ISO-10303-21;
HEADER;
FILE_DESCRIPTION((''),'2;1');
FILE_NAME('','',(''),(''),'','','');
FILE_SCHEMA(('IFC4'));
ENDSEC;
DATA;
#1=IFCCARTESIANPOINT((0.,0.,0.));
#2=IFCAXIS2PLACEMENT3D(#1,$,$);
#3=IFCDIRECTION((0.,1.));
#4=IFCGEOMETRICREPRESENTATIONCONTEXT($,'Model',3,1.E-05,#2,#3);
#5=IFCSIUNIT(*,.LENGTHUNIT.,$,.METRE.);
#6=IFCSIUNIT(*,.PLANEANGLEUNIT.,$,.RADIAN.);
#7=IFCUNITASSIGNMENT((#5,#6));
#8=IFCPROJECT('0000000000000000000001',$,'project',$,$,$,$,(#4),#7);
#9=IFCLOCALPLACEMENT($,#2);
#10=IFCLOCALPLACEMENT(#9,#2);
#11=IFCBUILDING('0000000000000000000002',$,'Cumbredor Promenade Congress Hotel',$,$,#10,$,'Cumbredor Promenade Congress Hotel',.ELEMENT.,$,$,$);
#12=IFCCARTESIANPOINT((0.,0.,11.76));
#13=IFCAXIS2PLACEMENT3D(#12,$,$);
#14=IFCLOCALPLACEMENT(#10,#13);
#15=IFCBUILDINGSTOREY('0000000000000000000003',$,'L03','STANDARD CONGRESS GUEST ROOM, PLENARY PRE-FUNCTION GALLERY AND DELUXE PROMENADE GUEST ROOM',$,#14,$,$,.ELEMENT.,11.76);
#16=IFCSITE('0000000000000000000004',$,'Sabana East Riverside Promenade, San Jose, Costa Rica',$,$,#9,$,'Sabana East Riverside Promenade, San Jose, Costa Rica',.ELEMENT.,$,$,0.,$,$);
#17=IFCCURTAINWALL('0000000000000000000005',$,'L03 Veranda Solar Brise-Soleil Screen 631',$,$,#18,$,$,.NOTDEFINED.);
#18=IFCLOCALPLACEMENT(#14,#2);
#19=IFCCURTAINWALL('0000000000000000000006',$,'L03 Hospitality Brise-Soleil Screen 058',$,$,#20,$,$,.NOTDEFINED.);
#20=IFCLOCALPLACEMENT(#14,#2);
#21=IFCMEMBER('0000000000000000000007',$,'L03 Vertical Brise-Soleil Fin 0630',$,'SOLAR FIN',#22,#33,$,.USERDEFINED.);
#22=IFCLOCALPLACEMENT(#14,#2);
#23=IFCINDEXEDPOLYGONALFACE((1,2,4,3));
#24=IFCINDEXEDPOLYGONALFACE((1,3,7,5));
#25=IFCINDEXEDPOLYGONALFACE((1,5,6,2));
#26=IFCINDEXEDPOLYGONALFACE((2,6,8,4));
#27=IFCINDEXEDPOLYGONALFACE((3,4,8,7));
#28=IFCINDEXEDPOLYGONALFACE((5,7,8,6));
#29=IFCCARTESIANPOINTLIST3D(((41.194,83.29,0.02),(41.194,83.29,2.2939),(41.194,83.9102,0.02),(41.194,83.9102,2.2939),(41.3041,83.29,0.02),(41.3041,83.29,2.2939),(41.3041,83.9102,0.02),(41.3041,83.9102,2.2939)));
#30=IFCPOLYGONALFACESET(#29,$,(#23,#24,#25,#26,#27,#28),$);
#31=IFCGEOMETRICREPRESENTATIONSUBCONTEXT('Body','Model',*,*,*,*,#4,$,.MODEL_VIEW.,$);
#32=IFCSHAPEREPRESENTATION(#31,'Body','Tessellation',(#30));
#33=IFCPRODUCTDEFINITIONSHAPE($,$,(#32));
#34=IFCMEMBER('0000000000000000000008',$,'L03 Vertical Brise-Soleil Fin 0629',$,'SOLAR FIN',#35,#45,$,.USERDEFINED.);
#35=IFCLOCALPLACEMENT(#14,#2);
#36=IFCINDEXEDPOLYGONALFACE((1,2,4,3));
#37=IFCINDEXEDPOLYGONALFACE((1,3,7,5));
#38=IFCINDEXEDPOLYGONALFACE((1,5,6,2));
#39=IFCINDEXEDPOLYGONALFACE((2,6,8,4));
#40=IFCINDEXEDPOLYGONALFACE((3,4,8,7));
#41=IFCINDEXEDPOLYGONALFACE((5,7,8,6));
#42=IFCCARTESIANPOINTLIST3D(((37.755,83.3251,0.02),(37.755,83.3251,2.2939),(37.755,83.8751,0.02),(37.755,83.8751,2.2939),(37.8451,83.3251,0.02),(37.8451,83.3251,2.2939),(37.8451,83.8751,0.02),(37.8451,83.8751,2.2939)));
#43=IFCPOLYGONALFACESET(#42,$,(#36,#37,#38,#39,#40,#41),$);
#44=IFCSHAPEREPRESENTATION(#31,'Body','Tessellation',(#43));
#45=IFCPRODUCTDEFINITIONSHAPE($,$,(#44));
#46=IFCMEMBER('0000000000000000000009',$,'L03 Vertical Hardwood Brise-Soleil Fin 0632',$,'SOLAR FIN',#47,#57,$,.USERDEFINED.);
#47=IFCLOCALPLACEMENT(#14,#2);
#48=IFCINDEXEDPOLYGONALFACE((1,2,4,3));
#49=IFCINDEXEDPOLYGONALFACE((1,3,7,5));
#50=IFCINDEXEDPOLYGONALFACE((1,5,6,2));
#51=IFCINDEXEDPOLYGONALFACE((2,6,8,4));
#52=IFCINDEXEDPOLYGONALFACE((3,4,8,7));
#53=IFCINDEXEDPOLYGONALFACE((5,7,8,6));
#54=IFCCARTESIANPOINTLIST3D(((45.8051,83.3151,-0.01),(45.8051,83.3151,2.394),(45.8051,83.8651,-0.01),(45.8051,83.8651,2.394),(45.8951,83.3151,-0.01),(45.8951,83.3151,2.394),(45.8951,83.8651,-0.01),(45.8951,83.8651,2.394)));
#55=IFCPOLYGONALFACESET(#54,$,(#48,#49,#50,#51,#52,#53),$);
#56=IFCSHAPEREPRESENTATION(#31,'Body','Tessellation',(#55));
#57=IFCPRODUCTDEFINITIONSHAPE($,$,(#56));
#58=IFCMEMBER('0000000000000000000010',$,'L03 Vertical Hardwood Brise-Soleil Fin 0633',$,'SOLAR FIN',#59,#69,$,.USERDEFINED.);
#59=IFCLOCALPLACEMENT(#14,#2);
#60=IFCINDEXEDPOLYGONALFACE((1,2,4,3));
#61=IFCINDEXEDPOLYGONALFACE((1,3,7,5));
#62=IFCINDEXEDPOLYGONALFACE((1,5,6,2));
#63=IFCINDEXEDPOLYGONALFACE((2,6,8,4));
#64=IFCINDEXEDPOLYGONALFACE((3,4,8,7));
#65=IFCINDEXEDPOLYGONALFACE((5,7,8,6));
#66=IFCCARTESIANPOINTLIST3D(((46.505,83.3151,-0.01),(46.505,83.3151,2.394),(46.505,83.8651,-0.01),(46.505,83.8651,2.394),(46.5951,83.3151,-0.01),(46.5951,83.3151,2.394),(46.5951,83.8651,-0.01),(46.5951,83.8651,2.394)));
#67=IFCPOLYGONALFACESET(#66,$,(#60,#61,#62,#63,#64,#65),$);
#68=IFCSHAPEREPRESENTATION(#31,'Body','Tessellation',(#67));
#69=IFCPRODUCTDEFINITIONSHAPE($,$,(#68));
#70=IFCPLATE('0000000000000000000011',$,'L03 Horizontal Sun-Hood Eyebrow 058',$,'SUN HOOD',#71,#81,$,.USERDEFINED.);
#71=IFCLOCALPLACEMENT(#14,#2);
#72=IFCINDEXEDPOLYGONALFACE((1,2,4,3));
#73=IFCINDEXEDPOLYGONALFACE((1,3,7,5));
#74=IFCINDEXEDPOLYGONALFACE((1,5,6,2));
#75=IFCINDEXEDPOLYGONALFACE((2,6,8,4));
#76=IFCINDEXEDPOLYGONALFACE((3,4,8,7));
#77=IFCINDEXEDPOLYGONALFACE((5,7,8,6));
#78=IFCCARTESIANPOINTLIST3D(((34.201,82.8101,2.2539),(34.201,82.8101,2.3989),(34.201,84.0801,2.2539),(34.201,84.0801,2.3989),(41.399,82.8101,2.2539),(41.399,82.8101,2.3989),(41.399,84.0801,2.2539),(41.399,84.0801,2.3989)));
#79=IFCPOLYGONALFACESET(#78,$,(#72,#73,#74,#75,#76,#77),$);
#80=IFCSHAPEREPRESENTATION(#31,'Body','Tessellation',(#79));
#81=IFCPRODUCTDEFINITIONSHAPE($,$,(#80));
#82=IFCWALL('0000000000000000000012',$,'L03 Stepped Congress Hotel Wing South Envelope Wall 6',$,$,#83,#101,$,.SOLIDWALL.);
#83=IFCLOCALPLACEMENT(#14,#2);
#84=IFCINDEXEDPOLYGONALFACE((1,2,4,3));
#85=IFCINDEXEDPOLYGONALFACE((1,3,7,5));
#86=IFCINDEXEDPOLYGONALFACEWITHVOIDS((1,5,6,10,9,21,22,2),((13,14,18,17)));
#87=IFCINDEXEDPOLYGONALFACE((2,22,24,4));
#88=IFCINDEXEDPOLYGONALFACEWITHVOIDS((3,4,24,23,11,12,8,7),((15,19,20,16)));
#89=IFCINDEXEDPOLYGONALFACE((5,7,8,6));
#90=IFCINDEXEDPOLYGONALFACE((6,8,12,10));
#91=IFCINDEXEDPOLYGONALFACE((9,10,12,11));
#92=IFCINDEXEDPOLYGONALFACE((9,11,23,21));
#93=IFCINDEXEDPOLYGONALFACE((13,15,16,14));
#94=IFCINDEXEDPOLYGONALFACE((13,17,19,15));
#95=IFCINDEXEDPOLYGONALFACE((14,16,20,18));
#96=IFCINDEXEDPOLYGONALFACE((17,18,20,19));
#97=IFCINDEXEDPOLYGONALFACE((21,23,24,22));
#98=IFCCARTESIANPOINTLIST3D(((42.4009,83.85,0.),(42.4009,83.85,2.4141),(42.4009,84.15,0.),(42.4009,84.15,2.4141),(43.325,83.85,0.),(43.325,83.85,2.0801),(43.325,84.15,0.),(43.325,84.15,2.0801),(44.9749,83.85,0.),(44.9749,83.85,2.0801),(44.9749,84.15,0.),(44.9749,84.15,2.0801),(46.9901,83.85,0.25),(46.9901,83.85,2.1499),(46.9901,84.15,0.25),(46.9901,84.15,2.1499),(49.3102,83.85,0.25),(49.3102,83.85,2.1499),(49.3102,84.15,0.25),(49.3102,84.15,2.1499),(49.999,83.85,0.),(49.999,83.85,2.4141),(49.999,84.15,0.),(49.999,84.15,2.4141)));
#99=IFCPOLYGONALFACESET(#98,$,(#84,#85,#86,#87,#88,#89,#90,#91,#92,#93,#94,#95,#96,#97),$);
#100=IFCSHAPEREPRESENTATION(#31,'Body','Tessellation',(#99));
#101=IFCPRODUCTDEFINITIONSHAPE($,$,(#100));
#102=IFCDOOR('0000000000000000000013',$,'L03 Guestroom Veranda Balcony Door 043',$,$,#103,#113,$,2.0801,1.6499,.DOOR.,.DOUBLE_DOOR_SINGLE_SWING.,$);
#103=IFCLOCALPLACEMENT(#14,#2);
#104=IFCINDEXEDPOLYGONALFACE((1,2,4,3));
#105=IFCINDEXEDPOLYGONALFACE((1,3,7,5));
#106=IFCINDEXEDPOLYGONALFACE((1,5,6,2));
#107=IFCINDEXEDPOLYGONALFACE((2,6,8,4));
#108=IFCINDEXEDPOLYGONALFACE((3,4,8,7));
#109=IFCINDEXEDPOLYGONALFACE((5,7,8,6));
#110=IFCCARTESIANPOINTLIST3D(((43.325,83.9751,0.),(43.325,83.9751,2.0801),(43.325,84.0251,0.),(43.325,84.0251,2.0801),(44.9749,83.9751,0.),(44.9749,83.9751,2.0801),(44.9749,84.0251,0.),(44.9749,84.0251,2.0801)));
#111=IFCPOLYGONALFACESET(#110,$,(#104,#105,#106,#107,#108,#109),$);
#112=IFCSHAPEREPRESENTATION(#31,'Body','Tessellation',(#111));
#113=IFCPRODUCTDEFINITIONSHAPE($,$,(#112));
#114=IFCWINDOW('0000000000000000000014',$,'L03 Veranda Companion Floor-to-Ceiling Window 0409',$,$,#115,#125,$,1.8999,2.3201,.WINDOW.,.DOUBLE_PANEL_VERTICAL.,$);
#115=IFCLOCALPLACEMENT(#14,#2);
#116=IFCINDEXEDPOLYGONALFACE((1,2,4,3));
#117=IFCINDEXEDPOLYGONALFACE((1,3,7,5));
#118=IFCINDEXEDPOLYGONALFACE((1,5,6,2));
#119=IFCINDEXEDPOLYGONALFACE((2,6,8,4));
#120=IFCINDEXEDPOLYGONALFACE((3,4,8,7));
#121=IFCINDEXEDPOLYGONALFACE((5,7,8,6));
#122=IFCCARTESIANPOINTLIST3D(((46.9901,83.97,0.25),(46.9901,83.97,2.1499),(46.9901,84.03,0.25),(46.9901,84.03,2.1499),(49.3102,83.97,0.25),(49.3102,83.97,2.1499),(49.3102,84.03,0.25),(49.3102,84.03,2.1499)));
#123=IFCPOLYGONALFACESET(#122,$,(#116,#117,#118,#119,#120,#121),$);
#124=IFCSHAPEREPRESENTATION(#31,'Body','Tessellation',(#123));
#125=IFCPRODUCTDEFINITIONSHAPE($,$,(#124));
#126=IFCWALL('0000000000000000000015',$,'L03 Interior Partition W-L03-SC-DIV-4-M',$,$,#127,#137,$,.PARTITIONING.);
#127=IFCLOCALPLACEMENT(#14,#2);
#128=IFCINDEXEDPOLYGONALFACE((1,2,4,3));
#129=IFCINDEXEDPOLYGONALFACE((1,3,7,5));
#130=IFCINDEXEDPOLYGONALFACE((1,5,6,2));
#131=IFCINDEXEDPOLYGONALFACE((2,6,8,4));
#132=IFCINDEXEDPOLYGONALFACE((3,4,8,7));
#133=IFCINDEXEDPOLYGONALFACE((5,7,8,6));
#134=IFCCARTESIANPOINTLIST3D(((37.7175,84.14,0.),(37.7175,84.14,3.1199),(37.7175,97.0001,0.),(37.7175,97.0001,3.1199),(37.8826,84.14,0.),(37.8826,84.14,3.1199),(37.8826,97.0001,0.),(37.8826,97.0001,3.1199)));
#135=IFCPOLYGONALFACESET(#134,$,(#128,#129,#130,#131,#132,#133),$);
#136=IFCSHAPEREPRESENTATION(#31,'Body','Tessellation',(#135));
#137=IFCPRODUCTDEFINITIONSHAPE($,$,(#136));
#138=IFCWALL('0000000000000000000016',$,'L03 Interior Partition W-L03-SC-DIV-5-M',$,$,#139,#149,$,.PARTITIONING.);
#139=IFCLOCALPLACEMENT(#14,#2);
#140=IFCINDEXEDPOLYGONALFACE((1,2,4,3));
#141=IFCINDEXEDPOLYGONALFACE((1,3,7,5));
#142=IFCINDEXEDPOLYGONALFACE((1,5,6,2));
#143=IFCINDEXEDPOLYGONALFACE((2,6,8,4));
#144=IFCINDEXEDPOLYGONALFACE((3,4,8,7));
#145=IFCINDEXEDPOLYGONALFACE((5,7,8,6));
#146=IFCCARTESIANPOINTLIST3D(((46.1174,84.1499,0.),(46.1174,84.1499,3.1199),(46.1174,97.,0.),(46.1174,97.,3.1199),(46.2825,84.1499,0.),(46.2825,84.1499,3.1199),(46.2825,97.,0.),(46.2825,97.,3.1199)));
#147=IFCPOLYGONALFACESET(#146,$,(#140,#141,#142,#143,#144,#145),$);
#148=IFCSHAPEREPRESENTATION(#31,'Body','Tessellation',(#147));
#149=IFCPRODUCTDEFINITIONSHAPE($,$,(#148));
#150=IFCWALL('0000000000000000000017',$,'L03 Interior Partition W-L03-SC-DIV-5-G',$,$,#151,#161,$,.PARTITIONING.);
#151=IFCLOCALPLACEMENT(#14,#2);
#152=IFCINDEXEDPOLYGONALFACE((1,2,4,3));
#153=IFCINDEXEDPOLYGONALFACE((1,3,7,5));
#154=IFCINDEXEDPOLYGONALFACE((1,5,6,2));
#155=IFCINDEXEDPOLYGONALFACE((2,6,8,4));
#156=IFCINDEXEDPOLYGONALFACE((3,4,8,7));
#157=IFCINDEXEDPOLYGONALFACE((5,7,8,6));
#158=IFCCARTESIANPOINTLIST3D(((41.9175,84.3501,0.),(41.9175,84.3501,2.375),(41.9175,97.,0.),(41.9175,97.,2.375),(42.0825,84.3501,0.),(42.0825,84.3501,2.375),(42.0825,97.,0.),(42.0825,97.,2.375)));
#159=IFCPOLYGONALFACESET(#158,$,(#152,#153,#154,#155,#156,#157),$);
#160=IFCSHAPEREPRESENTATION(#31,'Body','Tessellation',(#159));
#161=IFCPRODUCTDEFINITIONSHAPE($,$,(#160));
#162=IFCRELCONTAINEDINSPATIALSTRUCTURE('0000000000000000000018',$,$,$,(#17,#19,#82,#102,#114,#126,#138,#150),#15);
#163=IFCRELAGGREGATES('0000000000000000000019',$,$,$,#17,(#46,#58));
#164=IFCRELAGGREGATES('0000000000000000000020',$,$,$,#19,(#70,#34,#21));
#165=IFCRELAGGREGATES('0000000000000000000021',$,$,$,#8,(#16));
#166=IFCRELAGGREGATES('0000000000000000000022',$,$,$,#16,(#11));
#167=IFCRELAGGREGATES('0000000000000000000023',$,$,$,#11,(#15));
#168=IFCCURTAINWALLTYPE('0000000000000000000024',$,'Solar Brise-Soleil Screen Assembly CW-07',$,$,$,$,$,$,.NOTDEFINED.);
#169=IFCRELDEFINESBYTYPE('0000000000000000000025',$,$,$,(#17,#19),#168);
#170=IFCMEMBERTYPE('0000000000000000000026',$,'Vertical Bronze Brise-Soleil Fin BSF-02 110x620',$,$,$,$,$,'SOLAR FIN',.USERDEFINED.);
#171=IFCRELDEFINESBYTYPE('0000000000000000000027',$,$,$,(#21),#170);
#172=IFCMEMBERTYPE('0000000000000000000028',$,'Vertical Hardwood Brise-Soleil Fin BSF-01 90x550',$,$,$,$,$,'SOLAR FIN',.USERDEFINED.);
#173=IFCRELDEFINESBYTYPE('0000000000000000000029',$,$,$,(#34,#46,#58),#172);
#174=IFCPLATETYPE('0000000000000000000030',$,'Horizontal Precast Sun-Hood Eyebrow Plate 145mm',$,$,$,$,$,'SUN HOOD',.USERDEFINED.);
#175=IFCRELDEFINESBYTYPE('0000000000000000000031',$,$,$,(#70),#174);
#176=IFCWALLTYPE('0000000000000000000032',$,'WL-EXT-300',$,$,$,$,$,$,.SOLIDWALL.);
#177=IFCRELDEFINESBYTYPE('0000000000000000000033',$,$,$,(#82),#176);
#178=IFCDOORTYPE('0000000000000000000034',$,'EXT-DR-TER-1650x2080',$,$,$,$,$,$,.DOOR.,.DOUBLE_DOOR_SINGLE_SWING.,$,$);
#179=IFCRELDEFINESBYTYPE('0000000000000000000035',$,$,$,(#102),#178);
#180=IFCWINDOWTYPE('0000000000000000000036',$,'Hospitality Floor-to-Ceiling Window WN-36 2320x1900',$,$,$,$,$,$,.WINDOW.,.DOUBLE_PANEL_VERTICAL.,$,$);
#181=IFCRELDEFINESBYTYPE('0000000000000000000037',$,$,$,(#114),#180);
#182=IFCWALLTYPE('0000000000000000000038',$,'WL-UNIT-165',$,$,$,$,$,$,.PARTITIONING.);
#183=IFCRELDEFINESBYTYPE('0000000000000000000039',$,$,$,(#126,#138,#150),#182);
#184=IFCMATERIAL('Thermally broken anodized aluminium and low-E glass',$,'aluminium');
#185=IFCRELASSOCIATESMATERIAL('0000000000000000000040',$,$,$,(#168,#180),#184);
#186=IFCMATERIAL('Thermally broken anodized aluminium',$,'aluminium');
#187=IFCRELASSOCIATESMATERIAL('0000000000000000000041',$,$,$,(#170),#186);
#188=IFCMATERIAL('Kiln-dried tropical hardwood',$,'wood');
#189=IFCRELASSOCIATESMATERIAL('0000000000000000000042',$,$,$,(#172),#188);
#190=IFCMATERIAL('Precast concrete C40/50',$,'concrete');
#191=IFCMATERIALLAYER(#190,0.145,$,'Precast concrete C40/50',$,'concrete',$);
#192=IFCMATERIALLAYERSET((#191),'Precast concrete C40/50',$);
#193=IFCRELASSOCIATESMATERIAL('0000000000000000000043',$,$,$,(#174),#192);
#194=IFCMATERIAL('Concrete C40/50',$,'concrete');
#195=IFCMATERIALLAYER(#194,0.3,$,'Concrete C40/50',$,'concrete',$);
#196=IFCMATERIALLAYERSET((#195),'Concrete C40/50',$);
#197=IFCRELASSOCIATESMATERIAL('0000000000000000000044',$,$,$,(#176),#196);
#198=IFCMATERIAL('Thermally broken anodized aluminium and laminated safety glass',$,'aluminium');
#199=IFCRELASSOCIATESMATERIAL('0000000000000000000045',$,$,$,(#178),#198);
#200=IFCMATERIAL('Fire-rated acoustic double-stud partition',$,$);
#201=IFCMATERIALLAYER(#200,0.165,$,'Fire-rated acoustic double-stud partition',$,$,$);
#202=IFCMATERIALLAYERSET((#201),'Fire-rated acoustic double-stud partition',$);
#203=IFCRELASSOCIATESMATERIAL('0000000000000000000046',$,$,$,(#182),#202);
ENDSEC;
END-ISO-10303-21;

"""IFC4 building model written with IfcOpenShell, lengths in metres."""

from ifc_helpers import new_model, si_unit, direction, frame, frame_2d, origin, origin_2d, place, context, subcontext, project, spatial, rectangle, extrude, material, layer, layer_set, material_profile, profile_set, type_object, element, fill, aggregate, save


model = new_model("IFC4")

# Units and contexts
model_context = context("Model", 3, precision=1e-05, world=origin(), true_north=direction((0.0, 1.0)))
body_context = subcontext(model_context, "Body", "Model", "MODEL_VIEW")
ifc_project = project(units=[si_unit("LENGTHUNIT", "METRE"), si_unit("PLANEANGLEUNIT", "RADIAN")], contexts=[model_context])

# Site, building, storey
site_placement = place(None, origin())
site = spatial("IfcSite", under=ifc_project, at=site_placement, Name="Sabana East Riverside Promenade, San Jose, Costa Rica", LongName="Sabana East Riverside Promenade, San Jose, Costa Rica", CompositionType="ELEMENT", RefElevation=0.0)
building_placement = place(site_placement, origin())
building = spatial("IfcBuilding", under=site, at=building_placement, Name="Cumbredor Promenade Congress Hotel", LongName="Cumbredor Promenade Congress Hotel", CompositionType="ELEMENT")
storey_placement = place(building_placement, frame((0.0, 0.0, 11.76)))
storey = spatial("IfcBuildingStorey", under=building, at=storey_placement, Name="L03", Description="STANDARD CONGRESS GUEST ROOM, PLENARY PRE-FUNCTION GALLERY AND DELUXE PROMENADE GUEST ROOM", CompositionType="ELEMENT", Elevation=11.76)

# Curtain wall
ifc_material_1 = material(Name="Thermally broken anodized aluminium and low-E glass", Category="aluminium")
curtain_wall_type_1 = type_object("IfcCurtainWallType", Name="Solar Brise-Soleil Screen Assembly CW-07", PredefinedType="NOTDEFINED", material=ifc_material_1)
curtain_wall_1_placement = place(storey_placement, origin())
curtain_wall_1 = element("IfcCurtainWall", 1, at=curtain_wall_1_placement, inside=storey, type_object=curtain_wall_type_1, Name="L03 Veranda Solar Brise-Soleil Screen 631", PredefinedType="NOTDEFINED")
ifc_material_2 = material(Name="Thermally broken anodized aluminium", Category="aluminium")

# Curtain wall, members
curtain_wall_2_placement = place(storey_placement, origin())
curtain_wall_2 = element("IfcCurtainWall", 2, at=curtain_wall_2_placement, inside=storey, type_object=curtain_wall_type_1, Name="L03 Hospitality Brise-Soleil Screen 058", PredefinedType="NOTDEFINED")
ifc_material_profile_1 = material_profile(ifc_material_2, rectangle(XDim=0.1101, YDim=0.6201, at=origin_2d()), Name="ARCH FIN 110x620")
ifc_profile_set_1 = profile_set([ifc_material_profile_1], Name="Thermally broken anodized aluminium")
member_type_1 = type_object("IfcMemberType", Name="Vertical Bronze Brise-Soleil Fin BSF-02 110x620", ElementType="SOLAR FIN", PredefinedType="USERDEFINED", material=ifc_profile_set_1)
member_1_placement = place(storey_placement, frame((41.249, 83.6001, 0.02), z_axis=(0.0, 0.0, 1.0), x_axis=(1.0, 0.0, 0.0)))
member_1 = element("IfcMember", 3, at=member_1_placement, type_object=member_type_1, Name="L03 Vertical Brise-Soleil Fin 0630", ObjectType="SOLAR FIN", PredefinedType="USERDEFINED", context=body_context, shape_type="SweptSolid", body=[
    extrude(rectangle(XDim=0.1101, YDim=0.6201, at=origin_2d()), origin(), (0.0, 0.0, 1.0), 2.2739),
])
ifc_material_3 = material(Name="Kiln-dried tropical hardwood", Category="wood")
ifc_material_profile_2 = material_profile(ifc_material_3, rectangle(XDim=0.0901, YDim=0.55, at=origin_2d()), Name="ARCH FIN 90x550")
ifc_profile_set_2 = profile_set([ifc_material_profile_2], Name="Kiln-dried tropical hardwood")
member_type_2 = type_object("IfcMemberType", Name="Vertical Hardwood Brise-Soleil Fin BSF-01 90x550", ElementType="SOLAR FIN", PredefinedType="USERDEFINED", material=ifc_profile_set_2)
member_2_placement = place(storey_placement, frame((37.8, 83.6001, 0.02), z_axis=(0.0, 0.0, 1.0), x_axis=(1.0, 0.0, 0.0)))
member_2 = element("IfcMember", 4, at=member_2_placement, type_object=member_type_2, Name="L03 Vertical Brise-Soleil Fin 0629", ObjectType="SOLAR FIN", PredefinedType="USERDEFINED", context=body_context, shape_type="SweptSolid", body=[
    extrude(rectangle(XDim=0.0901, YDim=0.55, at=origin_2d()), origin(), (0.0, 0.0, 1.0), 2.2739),
])

# Members
member_3_placement = place(storey_placement, frame((45.8501, 83.5901, -0.01), z_axis=(0.0, 0.0, 1.0), x_axis=(1.0, 0.0, 0.0)))
member_3 = element("IfcMember", 5, at=member_3_placement, type_object=member_type_2, Name="L03 Vertical Hardwood Brise-Soleil Fin 0632", ObjectType="SOLAR FIN", PredefinedType="USERDEFINED", context=body_context, shape_type="SweptSolid", body=[
    extrude(rectangle(XDim=0.0901, YDim=0.55, at=origin_2d()), origin(), (0.0, 0.0, 1.0), 2.4041),
])
member_4_placement = place(storey_placement, frame((46.55, 83.5901, -0.01), z_axis=(0.0, 0.0, 1.0), x_axis=(1.0, 0.0, 0.0)))
member_4 = element("IfcMember", 6, at=member_4_placement, type_object=member_type_2, Name="L03 Vertical Hardwood Brise-Soleil Fin 0633", ObjectType="SOLAR FIN", PredefinedType="USERDEFINED", context=body_context, shape_type="SweptSolid", body=[
    extrude(rectangle(XDim=0.0901, YDim=0.55, at=origin_2d()), origin(), (0.0, 0.0, 1.0), 2.4041),
])
aggregate(curtain_wall_1, [member_3, member_4])

# Plate
ifc_material_4 = material(Name="Precast concrete C40/50", Category="concrete")
ifc_layer_1 = layer(ifc_material_4, 0.145, Name="Precast concrete C40/50", Category="concrete")
ifc_layer_set_1 = layer_set([ifc_layer_1], Name="Precast concrete C40/50")
plate_type = type_object("IfcPlateType", Name="Horizontal Precast Sun-Hood Eyebrow Plate 145mm", ElementType="SUN HOOD", PredefinedType="USERDEFINED", material=ifc_layer_set_1)
plate_placement = place(storey_placement, frame((37.8, 83.4451, 2.2539), z_axis=(0.0, 0.0, 1.0), x_axis=(1.0, 0.0, 0.0)))
plate = element("IfcPlate", 7, at=plate_placement, type_object=plate_type, Name="L03 Horizontal Sun-Hood Eyebrow 058", ObjectType="SUN HOOD", PredefinedType="USERDEFINED", context=body_context, shape_type="SweptSolid", body=[
    extrude(rectangle(XDim=7.198, YDim=1.27, at=origin_2d()), origin(), (0.0, 0.0, 1.0), 0.145),
])
aggregate(curtain_wall_2, [plate, member_2, member_1])

# Wall, openings, door, window
ifc_material_5 = material(Name="Concrete C40/50", Category="concrete")
ifc_layer_2 = layer(ifc_material_5, 0.3, Name="Concrete C40/50", Category="concrete")
ifc_layer_set_2 = layer_set([ifc_layer_2], Name="Concrete C40/50")
wall_type_1 = type_object("IfcWallType", Name="WL-EXT-300", PredefinedType="SOLIDWALL", material=ifc_layer_set_2)
wall_1_placement = place(storey_placement, frame((42.4009, 84.0, 0.0), z_axis=(0.0, 0.0, 1.0), x_axis=(1.0, 0.0, 0.0)))
wall_1 = element("IfcWall", 8, at=wall_1_placement, inside=storey, type_object=wall_type_1, Name="L03 Stepped Congress Hotel Wing South Envelope Wall 6", PredefinedType="SOLIDWALL", context=body_context, shape_type="SweptSolid", body=[
    extrude(rectangle(XDim=7.5981, YDim=0.3, at=frame_2d((3.7991, 0.0))), origin(), (0.0, 0.0, 1.0), 2.4141),
])
opening_1_placement = place(wall_1_placement, frame((0.9241, 0.0, 0.0)))
opening_1 = element("IfcOpeningElement", 9, at=opening_1_placement, cuts=wall_1, PredefinedType="OPENING", context=body_context, shape_type="SweptSolid", body=[
    extrude(rectangle(XDim=1.6499, YDim=2.0801, at=frame_2d((0.825, 1.04))), frame((0.0, 0.1602, 0.0), z_axis=(0.0, -1.0, 0.0), x_axis=(1.0, 0.0, 0.0)), (0.0, 0.0, 1.0), 0.3201),
])
opening_2_placement = place(wall_1_placement, frame((4.5891, 0.0, 0.25)))
opening_2 = element("IfcOpeningElement", 10, at=opening_2_placement, cuts=wall_1, PredefinedType="OPENING", context=body_context, shape_type="SweptSolid", body=[
    extrude(rectangle(XDim=2.3201, YDim=1.8999, at=frame_2d((1.1602, 0.95))), frame((0.0, 0.1602, 0.0), z_axis=(0.0, -1.0, 0.0), x_axis=(1.0, 0.0, 0.0)), (0.0, 0.0, 1.0), 0.3201),
])
ifc_material_6 = material(Name="Thermally broken anodized aluminium and laminated safety glass", Category="aluminium")
door_type = type_object("IfcDoorType", Name="EXT-DR-TER-1650x2080", OperationType="DOUBLE_DOOR_SINGLE_SWING", PredefinedType="DOOR", material=ifc_material_6)
door_placement = place(opening_1_placement, frame((1.6499, 0.0, 0.0), z_axis=(0.0, 0.0, 1.0), x_axis=(-1.0, 0.0, 0.0)))
door = element("IfcDoor", 11, at=door_placement, inside=storey, type_object=door_type, Name="L03 Guestroom Veranda Balcony Door 043", OperationType="DOUBLE_DOOR_SINGLE_SWING", OverallHeight=2.0801, OverallWidth=1.6499, PredefinedType="DOOR", context=body_context, shape_type="SweptSolid", body=[
    extrude(rectangle(XDim=1.6499, YDim=2.0801, at=frame_2d((0.825, 1.04))), frame((0.0, 0.0249, 0.0), z_axis=(0.0, -1.0, 0.0), x_axis=(1.0, 0.0, 0.0)), (0.0, 0.0, 1.0), 0.05),
])
fill(opening_1, door)
window_type = type_object("IfcWindowType", Name="Hospitality Floor-to-Ceiling Window WN-36 2320x1900", PartitioningType="DOUBLE_PANEL_VERTICAL", PredefinedType="WINDOW", material=ifc_material_1)
window_placement = place(opening_2_placement, origin())
window = element("IfcWindow", 12, at=window_placement, inside=storey, type_object=window_type, Name="L03 Veranda Companion Floor-to-Ceiling Window 0409", OverallHeight=1.8999, OverallWidth=2.3201, PartitioningType="DOUBLE_PANEL_VERTICAL", PredefinedType="WINDOW", context=body_context, shape_type="SweptSolid", body=[
    extrude(rectangle(XDim=2.3201, YDim=1.8999, at=frame_2d((1.1602, 0.95))), frame((0.0, 0.03, 0.0), z_axis=(0.0, -1.0, 0.0), x_axis=(1.0, 0.0, 0.0)), (0.0, 0.0, 1.0), 0.0601),
])
fill(opening_2, window)

# Walls
ifc_material_7 = material(Name="Fire-rated acoustic double-stud partition")
ifc_layer_3 = layer(ifc_material_7, 0.165, Name="Fire-rated acoustic double-stud partition")
ifc_layer_set_3 = layer_set([ifc_layer_3], Name="Fire-rated acoustic double-stud partition")
wall_type_2 = type_object("IfcWallType", Name="WL-UNIT-165", PredefinedType="PARTITIONING", material=ifc_layer_set_3)
wall_2_placement = place(storey_placement, frame((37.8, 84.1399, 0.0), z_axis=(0.0, 0.0, 1.0), x_axis=(0.0, 1.0, 0.0)))
element("IfcWall", 13, at=wall_2_placement, inside=storey, type_object=wall_type_2, Name="L03 Interior Partition W-L03-SC-DIV-4-M", PredefinedType="PARTITIONING", context=body_context, shape_type="SweptSolid", body=[
    extrude(rectangle(XDim=12.8601, YDim=0.165, at=frame_2d((6.4302, 0.0))), origin(), (0.0, 0.0, 1.0), 3.1199),
])
wall_3_placement = place(storey_placement, frame((46.2, 84.1499, 0.0), z_axis=(0.0, 0.0, 1.0), x_axis=(0.0, 1.0, 0.0)))
element("IfcWall", 14, at=wall_3_placement, inside=storey, type_object=wall_type_2, Name="L03 Interior Partition W-L03-SC-DIV-5-M", PredefinedType="PARTITIONING", context=body_context, shape_type="SweptSolid", body=[
    extrude(rectangle(XDim=12.8501, YDim=0.165, at=frame_2d((6.425, 0.0))), origin(), (0.0, 0.0, 1.0), 3.1199),
])
wall_4_placement = place(storey_placement, frame((42.0, 84.3501, 0.0), z_axis=(0.0, 0.0, 1.0), x_axis=(0.0, 1.0, 0.0)))
element("IfcWall", 15, at=wall_4_placement, inside=storey, type_object=wall_type_2, Name="L03 Interior Partition W-L03-SC-DIV-5-G", PredefinedType="PARTITIONING", context=body_context, shape_type="SweptSolid", body=[
    extrude(rectangle(XDim=12.6499, YDim=0.165, at=frame_2d((6.325, 0.0))), origin(), (0.0, 0.0, 1.0), 2.375),
])

save(model, "model.ifc")
